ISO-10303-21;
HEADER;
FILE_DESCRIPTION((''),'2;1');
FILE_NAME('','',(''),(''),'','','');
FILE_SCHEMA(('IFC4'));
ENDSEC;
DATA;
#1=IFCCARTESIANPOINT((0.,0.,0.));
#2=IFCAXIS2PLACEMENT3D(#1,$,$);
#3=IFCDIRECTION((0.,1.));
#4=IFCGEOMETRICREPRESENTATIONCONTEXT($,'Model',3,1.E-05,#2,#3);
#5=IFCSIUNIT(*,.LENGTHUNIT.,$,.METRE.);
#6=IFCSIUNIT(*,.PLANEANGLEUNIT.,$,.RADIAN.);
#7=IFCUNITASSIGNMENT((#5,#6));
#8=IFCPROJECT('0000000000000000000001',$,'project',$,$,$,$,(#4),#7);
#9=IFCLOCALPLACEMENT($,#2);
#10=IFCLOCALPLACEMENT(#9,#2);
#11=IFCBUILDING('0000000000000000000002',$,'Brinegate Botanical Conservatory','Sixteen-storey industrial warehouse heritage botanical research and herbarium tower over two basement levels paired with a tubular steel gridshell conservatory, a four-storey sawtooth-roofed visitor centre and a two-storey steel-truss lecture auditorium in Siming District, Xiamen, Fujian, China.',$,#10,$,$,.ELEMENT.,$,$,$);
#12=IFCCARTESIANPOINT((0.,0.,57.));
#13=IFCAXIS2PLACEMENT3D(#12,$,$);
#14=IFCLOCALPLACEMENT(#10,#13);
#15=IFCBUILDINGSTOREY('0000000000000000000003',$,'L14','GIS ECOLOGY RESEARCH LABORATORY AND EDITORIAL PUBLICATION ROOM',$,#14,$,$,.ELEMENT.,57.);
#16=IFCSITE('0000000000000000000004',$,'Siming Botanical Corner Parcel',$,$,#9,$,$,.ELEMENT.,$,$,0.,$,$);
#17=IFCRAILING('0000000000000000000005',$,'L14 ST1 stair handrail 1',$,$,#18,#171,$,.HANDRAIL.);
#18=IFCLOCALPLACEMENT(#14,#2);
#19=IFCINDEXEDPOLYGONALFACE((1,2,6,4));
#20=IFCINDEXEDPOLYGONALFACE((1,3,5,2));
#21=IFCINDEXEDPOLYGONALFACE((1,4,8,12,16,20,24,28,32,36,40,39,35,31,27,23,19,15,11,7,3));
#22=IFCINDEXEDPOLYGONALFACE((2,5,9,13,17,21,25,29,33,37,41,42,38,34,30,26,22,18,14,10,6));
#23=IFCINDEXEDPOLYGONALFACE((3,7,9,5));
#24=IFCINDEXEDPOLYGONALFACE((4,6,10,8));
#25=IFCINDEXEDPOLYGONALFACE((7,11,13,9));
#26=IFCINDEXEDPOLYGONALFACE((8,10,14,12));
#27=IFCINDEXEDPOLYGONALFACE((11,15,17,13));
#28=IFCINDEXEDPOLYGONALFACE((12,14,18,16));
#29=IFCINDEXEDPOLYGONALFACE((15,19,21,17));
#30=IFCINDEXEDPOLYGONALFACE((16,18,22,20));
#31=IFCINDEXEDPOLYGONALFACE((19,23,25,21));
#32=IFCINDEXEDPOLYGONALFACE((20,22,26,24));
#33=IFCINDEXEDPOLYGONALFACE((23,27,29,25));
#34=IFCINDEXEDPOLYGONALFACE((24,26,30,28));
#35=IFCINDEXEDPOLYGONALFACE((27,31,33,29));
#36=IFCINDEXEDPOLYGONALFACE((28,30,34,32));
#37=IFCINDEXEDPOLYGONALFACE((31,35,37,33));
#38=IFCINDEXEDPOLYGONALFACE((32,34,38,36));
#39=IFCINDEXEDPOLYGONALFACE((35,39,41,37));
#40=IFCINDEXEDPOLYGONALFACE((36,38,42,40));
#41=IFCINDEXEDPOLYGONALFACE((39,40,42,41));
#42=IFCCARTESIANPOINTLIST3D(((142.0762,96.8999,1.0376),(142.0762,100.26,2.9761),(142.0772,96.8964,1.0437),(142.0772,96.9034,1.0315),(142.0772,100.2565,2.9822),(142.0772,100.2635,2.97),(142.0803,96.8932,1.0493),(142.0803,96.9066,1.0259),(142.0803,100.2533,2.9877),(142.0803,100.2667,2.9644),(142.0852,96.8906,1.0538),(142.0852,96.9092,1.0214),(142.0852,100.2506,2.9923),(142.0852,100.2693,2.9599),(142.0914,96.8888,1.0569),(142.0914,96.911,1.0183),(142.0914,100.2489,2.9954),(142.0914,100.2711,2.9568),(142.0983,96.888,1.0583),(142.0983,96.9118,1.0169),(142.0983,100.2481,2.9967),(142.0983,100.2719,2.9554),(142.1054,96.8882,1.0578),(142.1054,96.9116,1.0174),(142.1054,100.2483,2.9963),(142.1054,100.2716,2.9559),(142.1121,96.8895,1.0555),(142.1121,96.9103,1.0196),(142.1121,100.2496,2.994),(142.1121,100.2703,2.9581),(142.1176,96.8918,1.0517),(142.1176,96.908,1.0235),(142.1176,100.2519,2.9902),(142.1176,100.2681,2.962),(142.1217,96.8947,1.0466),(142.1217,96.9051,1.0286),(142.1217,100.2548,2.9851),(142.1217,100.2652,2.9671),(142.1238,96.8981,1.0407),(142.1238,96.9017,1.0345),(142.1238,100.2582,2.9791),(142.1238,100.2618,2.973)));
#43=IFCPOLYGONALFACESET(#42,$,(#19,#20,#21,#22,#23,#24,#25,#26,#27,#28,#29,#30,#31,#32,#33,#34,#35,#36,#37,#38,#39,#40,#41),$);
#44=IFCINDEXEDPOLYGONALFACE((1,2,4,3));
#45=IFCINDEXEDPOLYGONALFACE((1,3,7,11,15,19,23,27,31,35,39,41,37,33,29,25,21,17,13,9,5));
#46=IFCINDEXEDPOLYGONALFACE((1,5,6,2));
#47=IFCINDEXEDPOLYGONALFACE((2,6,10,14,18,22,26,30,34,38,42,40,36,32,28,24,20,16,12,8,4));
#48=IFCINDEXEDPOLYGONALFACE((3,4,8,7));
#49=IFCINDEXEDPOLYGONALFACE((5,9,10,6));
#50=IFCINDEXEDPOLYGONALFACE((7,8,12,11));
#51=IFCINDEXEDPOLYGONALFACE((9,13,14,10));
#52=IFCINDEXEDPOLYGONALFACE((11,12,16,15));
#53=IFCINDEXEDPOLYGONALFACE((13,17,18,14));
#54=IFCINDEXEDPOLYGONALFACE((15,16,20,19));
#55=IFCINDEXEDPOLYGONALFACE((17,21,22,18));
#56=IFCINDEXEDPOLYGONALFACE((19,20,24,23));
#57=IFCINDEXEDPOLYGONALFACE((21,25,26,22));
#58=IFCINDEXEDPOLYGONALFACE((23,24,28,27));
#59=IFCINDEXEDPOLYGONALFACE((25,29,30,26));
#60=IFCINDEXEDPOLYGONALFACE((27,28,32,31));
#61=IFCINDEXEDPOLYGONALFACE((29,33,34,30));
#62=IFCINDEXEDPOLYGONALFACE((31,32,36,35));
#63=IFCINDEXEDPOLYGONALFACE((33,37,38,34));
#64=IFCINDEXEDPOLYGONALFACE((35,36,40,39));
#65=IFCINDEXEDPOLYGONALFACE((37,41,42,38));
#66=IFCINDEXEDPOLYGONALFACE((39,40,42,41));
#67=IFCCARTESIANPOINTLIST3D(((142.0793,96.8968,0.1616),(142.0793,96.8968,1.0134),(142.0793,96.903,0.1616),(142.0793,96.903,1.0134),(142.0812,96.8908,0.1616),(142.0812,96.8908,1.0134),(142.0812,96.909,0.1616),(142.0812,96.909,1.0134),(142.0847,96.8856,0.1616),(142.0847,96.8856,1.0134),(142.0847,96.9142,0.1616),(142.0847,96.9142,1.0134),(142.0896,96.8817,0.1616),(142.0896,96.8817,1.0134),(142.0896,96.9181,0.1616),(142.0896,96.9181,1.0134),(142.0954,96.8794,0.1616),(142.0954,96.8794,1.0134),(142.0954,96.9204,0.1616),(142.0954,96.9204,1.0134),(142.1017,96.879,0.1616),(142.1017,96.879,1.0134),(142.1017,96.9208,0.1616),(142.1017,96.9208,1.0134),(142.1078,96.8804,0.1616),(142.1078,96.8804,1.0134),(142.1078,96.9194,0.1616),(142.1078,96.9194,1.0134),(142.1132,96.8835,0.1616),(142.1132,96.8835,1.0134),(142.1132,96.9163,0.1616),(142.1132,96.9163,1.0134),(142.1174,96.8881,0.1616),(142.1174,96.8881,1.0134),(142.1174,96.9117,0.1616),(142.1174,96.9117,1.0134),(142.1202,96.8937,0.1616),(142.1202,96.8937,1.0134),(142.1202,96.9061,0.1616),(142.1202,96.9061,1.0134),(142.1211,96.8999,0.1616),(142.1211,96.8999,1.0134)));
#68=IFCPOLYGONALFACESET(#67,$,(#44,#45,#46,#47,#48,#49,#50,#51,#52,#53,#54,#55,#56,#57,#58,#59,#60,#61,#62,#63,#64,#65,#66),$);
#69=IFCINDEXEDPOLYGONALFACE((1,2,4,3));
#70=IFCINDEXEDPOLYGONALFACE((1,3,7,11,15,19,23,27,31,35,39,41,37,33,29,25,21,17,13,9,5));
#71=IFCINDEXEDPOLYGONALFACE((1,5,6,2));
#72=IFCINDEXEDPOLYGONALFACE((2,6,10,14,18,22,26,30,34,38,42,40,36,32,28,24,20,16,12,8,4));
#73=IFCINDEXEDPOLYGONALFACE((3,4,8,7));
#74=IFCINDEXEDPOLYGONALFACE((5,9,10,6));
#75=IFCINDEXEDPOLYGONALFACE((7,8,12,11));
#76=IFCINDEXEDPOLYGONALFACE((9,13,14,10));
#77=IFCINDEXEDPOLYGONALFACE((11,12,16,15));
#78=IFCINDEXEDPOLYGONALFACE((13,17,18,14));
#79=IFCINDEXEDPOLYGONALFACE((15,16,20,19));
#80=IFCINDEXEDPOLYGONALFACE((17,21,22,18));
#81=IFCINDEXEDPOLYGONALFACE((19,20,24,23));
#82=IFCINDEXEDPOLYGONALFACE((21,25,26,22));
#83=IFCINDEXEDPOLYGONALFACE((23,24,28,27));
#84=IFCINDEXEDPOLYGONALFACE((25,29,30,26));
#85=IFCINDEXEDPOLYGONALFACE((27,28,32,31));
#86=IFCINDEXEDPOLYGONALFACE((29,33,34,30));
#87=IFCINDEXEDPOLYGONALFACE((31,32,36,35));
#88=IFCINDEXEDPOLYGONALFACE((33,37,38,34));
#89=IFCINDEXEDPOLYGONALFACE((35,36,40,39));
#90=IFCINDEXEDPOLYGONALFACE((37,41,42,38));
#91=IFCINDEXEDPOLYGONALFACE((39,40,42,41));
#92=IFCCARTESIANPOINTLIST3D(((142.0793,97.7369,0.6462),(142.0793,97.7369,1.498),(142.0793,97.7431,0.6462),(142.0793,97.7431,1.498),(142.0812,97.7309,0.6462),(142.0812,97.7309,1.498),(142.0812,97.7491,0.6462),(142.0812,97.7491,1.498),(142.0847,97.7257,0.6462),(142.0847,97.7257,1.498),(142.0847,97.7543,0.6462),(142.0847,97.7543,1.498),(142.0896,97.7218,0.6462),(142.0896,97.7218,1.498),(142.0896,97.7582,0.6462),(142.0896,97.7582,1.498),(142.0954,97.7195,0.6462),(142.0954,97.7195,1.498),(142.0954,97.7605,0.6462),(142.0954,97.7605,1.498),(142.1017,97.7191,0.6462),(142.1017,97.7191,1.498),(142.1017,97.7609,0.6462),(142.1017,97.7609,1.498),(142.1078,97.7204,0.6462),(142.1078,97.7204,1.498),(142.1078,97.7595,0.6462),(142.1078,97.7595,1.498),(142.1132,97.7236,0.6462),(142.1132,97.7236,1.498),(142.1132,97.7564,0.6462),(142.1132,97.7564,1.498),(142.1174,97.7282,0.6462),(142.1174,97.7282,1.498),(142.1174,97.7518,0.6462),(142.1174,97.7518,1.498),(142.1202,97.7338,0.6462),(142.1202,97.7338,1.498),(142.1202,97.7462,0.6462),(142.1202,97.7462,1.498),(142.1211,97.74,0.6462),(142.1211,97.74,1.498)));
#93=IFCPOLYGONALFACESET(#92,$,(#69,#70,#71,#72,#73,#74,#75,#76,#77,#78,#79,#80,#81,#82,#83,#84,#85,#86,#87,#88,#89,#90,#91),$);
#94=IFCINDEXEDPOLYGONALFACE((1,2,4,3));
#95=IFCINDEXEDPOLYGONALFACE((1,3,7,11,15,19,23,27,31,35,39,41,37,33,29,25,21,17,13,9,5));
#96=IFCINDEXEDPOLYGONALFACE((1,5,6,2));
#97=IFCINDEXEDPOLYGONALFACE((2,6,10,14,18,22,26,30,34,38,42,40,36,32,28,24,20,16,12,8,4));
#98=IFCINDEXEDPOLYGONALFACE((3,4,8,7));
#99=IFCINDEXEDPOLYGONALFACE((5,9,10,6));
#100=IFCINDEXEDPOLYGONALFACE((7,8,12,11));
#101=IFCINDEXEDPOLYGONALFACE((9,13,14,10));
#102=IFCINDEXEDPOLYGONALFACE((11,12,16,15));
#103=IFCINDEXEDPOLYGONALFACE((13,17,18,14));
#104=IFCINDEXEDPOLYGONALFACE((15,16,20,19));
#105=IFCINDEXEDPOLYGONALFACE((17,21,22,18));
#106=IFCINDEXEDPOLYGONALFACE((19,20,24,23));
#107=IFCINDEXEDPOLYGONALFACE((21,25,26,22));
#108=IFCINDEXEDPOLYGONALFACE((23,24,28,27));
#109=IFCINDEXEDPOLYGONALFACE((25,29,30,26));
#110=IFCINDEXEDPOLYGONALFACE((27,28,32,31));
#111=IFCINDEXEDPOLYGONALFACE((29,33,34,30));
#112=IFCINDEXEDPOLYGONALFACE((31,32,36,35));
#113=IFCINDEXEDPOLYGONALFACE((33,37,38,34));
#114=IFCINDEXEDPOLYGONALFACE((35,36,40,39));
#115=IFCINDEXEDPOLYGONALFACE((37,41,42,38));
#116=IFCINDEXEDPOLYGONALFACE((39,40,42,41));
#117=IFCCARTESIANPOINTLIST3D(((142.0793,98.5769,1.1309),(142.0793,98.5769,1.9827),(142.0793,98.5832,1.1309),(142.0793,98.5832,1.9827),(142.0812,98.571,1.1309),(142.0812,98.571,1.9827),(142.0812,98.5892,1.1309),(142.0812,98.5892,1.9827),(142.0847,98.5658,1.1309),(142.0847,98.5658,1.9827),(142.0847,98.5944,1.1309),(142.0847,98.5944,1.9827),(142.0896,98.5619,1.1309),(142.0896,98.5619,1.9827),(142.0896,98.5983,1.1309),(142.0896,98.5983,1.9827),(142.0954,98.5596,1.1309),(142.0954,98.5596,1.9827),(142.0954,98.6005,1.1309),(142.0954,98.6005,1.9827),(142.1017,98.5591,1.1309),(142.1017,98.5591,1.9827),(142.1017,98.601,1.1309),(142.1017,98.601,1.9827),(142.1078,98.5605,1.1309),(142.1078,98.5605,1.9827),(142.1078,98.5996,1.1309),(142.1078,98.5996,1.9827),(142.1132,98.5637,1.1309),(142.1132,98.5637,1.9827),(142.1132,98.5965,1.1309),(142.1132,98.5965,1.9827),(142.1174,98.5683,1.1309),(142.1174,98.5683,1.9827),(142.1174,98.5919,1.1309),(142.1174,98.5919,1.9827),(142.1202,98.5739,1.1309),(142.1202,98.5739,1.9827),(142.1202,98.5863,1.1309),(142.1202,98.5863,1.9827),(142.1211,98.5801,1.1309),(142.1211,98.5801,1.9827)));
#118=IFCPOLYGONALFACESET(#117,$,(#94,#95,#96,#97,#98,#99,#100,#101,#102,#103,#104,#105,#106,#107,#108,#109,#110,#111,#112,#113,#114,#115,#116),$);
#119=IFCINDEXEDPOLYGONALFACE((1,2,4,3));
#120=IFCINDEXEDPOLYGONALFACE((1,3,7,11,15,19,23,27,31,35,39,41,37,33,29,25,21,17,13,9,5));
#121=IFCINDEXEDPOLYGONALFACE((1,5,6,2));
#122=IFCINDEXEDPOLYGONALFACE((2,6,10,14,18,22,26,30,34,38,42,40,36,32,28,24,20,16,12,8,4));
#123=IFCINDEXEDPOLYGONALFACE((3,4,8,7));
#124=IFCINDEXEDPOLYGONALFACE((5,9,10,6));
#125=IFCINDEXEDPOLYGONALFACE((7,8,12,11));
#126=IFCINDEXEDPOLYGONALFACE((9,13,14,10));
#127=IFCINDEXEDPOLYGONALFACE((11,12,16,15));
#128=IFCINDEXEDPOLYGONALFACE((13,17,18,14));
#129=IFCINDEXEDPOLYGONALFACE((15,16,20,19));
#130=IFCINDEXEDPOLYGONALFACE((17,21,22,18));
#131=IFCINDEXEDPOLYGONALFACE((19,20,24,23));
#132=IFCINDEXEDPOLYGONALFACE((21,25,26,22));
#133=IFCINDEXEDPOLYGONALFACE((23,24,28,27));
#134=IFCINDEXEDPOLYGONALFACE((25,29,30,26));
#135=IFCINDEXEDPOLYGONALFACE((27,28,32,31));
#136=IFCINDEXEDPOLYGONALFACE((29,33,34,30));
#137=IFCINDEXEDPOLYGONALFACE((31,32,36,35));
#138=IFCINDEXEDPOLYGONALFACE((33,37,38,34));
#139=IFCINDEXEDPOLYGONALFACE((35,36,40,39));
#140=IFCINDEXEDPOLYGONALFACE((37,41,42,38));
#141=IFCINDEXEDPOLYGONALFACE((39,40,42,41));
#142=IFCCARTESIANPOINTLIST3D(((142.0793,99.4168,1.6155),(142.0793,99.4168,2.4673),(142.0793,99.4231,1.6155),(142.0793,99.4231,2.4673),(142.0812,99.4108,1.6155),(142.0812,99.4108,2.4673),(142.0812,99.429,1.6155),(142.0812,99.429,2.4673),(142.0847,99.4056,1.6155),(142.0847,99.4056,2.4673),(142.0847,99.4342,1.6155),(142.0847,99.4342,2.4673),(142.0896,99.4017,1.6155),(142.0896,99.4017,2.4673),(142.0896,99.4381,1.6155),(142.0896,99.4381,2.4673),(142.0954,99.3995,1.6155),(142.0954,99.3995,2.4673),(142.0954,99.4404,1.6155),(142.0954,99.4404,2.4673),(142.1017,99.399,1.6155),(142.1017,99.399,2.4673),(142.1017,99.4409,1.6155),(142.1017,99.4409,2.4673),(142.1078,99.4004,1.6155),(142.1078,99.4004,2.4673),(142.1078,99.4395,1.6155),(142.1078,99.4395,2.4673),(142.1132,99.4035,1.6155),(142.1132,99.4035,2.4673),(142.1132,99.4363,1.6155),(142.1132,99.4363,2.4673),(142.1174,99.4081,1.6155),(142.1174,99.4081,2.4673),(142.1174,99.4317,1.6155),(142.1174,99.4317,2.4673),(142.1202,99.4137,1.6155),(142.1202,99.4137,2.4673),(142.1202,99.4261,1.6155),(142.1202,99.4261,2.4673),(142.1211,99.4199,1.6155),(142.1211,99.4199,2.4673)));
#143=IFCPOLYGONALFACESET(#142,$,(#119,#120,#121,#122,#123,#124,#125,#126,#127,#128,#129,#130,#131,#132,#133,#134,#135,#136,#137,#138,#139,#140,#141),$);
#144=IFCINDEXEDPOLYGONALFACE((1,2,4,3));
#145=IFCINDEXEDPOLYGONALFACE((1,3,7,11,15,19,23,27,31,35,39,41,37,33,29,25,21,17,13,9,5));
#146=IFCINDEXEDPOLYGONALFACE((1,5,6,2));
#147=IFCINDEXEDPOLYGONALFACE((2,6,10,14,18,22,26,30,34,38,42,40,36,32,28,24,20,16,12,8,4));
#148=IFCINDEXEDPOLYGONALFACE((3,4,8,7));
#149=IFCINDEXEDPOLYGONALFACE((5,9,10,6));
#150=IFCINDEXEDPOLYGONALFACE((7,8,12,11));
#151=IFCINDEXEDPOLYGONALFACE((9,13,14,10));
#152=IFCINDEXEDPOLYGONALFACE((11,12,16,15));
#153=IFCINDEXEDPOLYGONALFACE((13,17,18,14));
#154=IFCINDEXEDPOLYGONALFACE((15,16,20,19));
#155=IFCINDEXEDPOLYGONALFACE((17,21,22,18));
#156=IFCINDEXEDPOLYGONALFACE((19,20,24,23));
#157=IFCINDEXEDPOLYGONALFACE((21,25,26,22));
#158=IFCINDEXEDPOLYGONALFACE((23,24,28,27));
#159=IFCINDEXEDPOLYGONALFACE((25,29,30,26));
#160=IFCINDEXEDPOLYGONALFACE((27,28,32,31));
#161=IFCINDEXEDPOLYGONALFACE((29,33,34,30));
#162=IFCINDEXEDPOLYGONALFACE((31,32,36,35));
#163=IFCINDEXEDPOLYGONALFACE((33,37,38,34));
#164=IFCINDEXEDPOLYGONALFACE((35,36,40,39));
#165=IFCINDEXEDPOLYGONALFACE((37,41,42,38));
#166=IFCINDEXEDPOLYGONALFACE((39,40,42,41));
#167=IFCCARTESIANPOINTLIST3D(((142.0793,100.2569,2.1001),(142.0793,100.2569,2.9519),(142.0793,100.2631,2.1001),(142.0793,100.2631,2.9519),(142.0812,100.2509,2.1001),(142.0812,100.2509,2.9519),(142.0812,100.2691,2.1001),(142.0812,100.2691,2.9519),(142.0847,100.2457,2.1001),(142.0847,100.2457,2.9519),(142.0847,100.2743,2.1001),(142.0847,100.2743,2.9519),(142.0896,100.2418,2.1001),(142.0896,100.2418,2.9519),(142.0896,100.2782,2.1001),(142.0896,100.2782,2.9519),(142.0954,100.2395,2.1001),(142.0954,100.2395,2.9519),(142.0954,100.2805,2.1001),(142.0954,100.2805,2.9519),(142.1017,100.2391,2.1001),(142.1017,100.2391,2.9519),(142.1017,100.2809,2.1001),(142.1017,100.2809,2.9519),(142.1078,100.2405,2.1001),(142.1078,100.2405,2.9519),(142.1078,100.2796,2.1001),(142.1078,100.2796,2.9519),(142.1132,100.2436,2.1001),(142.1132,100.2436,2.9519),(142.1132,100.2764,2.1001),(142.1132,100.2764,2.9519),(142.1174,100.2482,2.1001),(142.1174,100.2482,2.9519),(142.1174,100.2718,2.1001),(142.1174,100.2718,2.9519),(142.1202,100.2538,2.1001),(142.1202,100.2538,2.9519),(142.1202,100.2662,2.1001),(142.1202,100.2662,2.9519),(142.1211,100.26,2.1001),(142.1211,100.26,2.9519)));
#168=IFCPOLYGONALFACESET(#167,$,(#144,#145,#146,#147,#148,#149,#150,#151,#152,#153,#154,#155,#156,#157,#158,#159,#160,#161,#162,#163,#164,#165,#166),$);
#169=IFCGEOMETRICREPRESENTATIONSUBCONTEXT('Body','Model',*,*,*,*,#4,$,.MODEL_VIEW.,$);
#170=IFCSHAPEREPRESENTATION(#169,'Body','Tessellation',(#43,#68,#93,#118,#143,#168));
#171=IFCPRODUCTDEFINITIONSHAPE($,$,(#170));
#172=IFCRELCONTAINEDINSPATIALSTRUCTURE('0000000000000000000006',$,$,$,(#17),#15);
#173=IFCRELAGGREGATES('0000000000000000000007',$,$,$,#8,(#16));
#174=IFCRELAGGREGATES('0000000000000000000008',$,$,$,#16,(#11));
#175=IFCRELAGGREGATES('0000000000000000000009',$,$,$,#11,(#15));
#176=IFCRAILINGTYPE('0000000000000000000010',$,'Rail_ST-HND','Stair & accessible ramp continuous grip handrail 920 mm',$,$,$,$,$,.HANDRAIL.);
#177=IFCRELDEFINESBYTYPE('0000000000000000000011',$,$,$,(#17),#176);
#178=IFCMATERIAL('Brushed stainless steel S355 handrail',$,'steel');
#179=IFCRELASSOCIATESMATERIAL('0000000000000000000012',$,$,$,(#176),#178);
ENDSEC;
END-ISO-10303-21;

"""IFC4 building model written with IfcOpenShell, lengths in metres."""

from ifc_helpers import new_model, si_unit, direction, frame, origin, origin_2d, place, context, subcontext, project, spatial, circle, extrude, material, type_object, element, save


model = new_model("IFC4")

# Units and contexts
model_context = context("Model", 3, precision=1e-05, world=origin(), true_north=direction((0.0, 1.0)))
body_context = subcontext(model_context, "Body", "Model", "MODEL_VIEW")
ifc_project = project(units=[si_unit("LENGTHUNIT", "METRE"), si_unit("PLANEANGLEUNIT", "RADIAN")], contexts=[model_context])

# Site, building, storey
site_placement = place(None, origin())
site = spatial("IfcSite", under=ifc_project, at=site_placement, Name="Siming Botanical Corner Parcel", CompositionType="ELEMENT", RefElevation=0.0)
building_placement = place(site_placement, origin())
building = spatial("IfcBuilding", under=site, at=building_placement, Name="Brinegate Botanical Conservatory", Description="Sixteen-storey industrial warehouse heritage botanical research and herbarium tower over two basement levels paired with a tubular steel gridshell conservatory, a four-storey sawtooth-roofed visitor centre and a two-storey steel-truss lecture auditorium in Siming District, Xiamen, Fujian, China.", CompositionType="ELEMENT")
storey_placement = place(building_placement, frame((0.0, 0.0, 57.0)))
storey = spatial("IfcBuildingStorey", under=building, at=storey_placement, Name="L14", Description="GIS ECOLOGY RESEARCH LABORATORY AND EDITORIAL PUBLICATION ROOM", CompositionType="ELEMENT", Elevation=57.0)

# Railing
ifc_material_1 = material(Name="Brushed stainless steel S355 handrail", Category="steel")
railing_type_1 = type_object("IfcRailingType", Name="Rail_ST-HND", Description="Stair & accessible ramp continuous grip handrail 920 mm", PredefinedType="HANDRAIL", material=ifc_material_1)
railing_1_placement = place(storey_placement, frame((142.1001, 96.8999, 0.1616)))
element("IfcRailing", 1, at=railing_1_placement, inside=storey, type_object=railing_type_1, Name="L14 ST1 stair handrail 1", PredefinedType="HANDRAIL", context=body_context, shape_type="SweptSolid", body=[
    extrude(circle(Radius=0.0239, at=origin_2d()), frame((0.0, 0.0, 0.876), z_axis=(0.0, 0.866191, 0.499713), x_axis=(-1.0, 0.0, 0.0)), (0.0, 0.0, 1.0), 3.8792),
    extrude(circle(Radius=0.021, at=origin_2d()), origin(), (0.0, 0.0, 1.0), 0.8518),
    extrude(circle(Radius=0.021, at=origin_2d()), frame((0.0, 0.8401, 0.4846)), (0.0, 0.0, 1.0), 0.8518),
    extrude(circle(Radius=0.021, at=origin_2d()), frame((0.0, 1.6802, 0.9692)), (0.0, 0.0, 1.0), 0.8518),
    extrude(circle(Radius=0.021, at=origin_2d()), frame((0.0, 2.52, 1.4539)), (0.0, 0.0, 1.0), 0.8518),
    extrude(circle(Radius=0.021, at=origin_2d()), frame((0.0, 3.3601, 1.9385)), (0.0, 0.0, 1.0), 0.8518),
])

save(model, "model.ifc")
